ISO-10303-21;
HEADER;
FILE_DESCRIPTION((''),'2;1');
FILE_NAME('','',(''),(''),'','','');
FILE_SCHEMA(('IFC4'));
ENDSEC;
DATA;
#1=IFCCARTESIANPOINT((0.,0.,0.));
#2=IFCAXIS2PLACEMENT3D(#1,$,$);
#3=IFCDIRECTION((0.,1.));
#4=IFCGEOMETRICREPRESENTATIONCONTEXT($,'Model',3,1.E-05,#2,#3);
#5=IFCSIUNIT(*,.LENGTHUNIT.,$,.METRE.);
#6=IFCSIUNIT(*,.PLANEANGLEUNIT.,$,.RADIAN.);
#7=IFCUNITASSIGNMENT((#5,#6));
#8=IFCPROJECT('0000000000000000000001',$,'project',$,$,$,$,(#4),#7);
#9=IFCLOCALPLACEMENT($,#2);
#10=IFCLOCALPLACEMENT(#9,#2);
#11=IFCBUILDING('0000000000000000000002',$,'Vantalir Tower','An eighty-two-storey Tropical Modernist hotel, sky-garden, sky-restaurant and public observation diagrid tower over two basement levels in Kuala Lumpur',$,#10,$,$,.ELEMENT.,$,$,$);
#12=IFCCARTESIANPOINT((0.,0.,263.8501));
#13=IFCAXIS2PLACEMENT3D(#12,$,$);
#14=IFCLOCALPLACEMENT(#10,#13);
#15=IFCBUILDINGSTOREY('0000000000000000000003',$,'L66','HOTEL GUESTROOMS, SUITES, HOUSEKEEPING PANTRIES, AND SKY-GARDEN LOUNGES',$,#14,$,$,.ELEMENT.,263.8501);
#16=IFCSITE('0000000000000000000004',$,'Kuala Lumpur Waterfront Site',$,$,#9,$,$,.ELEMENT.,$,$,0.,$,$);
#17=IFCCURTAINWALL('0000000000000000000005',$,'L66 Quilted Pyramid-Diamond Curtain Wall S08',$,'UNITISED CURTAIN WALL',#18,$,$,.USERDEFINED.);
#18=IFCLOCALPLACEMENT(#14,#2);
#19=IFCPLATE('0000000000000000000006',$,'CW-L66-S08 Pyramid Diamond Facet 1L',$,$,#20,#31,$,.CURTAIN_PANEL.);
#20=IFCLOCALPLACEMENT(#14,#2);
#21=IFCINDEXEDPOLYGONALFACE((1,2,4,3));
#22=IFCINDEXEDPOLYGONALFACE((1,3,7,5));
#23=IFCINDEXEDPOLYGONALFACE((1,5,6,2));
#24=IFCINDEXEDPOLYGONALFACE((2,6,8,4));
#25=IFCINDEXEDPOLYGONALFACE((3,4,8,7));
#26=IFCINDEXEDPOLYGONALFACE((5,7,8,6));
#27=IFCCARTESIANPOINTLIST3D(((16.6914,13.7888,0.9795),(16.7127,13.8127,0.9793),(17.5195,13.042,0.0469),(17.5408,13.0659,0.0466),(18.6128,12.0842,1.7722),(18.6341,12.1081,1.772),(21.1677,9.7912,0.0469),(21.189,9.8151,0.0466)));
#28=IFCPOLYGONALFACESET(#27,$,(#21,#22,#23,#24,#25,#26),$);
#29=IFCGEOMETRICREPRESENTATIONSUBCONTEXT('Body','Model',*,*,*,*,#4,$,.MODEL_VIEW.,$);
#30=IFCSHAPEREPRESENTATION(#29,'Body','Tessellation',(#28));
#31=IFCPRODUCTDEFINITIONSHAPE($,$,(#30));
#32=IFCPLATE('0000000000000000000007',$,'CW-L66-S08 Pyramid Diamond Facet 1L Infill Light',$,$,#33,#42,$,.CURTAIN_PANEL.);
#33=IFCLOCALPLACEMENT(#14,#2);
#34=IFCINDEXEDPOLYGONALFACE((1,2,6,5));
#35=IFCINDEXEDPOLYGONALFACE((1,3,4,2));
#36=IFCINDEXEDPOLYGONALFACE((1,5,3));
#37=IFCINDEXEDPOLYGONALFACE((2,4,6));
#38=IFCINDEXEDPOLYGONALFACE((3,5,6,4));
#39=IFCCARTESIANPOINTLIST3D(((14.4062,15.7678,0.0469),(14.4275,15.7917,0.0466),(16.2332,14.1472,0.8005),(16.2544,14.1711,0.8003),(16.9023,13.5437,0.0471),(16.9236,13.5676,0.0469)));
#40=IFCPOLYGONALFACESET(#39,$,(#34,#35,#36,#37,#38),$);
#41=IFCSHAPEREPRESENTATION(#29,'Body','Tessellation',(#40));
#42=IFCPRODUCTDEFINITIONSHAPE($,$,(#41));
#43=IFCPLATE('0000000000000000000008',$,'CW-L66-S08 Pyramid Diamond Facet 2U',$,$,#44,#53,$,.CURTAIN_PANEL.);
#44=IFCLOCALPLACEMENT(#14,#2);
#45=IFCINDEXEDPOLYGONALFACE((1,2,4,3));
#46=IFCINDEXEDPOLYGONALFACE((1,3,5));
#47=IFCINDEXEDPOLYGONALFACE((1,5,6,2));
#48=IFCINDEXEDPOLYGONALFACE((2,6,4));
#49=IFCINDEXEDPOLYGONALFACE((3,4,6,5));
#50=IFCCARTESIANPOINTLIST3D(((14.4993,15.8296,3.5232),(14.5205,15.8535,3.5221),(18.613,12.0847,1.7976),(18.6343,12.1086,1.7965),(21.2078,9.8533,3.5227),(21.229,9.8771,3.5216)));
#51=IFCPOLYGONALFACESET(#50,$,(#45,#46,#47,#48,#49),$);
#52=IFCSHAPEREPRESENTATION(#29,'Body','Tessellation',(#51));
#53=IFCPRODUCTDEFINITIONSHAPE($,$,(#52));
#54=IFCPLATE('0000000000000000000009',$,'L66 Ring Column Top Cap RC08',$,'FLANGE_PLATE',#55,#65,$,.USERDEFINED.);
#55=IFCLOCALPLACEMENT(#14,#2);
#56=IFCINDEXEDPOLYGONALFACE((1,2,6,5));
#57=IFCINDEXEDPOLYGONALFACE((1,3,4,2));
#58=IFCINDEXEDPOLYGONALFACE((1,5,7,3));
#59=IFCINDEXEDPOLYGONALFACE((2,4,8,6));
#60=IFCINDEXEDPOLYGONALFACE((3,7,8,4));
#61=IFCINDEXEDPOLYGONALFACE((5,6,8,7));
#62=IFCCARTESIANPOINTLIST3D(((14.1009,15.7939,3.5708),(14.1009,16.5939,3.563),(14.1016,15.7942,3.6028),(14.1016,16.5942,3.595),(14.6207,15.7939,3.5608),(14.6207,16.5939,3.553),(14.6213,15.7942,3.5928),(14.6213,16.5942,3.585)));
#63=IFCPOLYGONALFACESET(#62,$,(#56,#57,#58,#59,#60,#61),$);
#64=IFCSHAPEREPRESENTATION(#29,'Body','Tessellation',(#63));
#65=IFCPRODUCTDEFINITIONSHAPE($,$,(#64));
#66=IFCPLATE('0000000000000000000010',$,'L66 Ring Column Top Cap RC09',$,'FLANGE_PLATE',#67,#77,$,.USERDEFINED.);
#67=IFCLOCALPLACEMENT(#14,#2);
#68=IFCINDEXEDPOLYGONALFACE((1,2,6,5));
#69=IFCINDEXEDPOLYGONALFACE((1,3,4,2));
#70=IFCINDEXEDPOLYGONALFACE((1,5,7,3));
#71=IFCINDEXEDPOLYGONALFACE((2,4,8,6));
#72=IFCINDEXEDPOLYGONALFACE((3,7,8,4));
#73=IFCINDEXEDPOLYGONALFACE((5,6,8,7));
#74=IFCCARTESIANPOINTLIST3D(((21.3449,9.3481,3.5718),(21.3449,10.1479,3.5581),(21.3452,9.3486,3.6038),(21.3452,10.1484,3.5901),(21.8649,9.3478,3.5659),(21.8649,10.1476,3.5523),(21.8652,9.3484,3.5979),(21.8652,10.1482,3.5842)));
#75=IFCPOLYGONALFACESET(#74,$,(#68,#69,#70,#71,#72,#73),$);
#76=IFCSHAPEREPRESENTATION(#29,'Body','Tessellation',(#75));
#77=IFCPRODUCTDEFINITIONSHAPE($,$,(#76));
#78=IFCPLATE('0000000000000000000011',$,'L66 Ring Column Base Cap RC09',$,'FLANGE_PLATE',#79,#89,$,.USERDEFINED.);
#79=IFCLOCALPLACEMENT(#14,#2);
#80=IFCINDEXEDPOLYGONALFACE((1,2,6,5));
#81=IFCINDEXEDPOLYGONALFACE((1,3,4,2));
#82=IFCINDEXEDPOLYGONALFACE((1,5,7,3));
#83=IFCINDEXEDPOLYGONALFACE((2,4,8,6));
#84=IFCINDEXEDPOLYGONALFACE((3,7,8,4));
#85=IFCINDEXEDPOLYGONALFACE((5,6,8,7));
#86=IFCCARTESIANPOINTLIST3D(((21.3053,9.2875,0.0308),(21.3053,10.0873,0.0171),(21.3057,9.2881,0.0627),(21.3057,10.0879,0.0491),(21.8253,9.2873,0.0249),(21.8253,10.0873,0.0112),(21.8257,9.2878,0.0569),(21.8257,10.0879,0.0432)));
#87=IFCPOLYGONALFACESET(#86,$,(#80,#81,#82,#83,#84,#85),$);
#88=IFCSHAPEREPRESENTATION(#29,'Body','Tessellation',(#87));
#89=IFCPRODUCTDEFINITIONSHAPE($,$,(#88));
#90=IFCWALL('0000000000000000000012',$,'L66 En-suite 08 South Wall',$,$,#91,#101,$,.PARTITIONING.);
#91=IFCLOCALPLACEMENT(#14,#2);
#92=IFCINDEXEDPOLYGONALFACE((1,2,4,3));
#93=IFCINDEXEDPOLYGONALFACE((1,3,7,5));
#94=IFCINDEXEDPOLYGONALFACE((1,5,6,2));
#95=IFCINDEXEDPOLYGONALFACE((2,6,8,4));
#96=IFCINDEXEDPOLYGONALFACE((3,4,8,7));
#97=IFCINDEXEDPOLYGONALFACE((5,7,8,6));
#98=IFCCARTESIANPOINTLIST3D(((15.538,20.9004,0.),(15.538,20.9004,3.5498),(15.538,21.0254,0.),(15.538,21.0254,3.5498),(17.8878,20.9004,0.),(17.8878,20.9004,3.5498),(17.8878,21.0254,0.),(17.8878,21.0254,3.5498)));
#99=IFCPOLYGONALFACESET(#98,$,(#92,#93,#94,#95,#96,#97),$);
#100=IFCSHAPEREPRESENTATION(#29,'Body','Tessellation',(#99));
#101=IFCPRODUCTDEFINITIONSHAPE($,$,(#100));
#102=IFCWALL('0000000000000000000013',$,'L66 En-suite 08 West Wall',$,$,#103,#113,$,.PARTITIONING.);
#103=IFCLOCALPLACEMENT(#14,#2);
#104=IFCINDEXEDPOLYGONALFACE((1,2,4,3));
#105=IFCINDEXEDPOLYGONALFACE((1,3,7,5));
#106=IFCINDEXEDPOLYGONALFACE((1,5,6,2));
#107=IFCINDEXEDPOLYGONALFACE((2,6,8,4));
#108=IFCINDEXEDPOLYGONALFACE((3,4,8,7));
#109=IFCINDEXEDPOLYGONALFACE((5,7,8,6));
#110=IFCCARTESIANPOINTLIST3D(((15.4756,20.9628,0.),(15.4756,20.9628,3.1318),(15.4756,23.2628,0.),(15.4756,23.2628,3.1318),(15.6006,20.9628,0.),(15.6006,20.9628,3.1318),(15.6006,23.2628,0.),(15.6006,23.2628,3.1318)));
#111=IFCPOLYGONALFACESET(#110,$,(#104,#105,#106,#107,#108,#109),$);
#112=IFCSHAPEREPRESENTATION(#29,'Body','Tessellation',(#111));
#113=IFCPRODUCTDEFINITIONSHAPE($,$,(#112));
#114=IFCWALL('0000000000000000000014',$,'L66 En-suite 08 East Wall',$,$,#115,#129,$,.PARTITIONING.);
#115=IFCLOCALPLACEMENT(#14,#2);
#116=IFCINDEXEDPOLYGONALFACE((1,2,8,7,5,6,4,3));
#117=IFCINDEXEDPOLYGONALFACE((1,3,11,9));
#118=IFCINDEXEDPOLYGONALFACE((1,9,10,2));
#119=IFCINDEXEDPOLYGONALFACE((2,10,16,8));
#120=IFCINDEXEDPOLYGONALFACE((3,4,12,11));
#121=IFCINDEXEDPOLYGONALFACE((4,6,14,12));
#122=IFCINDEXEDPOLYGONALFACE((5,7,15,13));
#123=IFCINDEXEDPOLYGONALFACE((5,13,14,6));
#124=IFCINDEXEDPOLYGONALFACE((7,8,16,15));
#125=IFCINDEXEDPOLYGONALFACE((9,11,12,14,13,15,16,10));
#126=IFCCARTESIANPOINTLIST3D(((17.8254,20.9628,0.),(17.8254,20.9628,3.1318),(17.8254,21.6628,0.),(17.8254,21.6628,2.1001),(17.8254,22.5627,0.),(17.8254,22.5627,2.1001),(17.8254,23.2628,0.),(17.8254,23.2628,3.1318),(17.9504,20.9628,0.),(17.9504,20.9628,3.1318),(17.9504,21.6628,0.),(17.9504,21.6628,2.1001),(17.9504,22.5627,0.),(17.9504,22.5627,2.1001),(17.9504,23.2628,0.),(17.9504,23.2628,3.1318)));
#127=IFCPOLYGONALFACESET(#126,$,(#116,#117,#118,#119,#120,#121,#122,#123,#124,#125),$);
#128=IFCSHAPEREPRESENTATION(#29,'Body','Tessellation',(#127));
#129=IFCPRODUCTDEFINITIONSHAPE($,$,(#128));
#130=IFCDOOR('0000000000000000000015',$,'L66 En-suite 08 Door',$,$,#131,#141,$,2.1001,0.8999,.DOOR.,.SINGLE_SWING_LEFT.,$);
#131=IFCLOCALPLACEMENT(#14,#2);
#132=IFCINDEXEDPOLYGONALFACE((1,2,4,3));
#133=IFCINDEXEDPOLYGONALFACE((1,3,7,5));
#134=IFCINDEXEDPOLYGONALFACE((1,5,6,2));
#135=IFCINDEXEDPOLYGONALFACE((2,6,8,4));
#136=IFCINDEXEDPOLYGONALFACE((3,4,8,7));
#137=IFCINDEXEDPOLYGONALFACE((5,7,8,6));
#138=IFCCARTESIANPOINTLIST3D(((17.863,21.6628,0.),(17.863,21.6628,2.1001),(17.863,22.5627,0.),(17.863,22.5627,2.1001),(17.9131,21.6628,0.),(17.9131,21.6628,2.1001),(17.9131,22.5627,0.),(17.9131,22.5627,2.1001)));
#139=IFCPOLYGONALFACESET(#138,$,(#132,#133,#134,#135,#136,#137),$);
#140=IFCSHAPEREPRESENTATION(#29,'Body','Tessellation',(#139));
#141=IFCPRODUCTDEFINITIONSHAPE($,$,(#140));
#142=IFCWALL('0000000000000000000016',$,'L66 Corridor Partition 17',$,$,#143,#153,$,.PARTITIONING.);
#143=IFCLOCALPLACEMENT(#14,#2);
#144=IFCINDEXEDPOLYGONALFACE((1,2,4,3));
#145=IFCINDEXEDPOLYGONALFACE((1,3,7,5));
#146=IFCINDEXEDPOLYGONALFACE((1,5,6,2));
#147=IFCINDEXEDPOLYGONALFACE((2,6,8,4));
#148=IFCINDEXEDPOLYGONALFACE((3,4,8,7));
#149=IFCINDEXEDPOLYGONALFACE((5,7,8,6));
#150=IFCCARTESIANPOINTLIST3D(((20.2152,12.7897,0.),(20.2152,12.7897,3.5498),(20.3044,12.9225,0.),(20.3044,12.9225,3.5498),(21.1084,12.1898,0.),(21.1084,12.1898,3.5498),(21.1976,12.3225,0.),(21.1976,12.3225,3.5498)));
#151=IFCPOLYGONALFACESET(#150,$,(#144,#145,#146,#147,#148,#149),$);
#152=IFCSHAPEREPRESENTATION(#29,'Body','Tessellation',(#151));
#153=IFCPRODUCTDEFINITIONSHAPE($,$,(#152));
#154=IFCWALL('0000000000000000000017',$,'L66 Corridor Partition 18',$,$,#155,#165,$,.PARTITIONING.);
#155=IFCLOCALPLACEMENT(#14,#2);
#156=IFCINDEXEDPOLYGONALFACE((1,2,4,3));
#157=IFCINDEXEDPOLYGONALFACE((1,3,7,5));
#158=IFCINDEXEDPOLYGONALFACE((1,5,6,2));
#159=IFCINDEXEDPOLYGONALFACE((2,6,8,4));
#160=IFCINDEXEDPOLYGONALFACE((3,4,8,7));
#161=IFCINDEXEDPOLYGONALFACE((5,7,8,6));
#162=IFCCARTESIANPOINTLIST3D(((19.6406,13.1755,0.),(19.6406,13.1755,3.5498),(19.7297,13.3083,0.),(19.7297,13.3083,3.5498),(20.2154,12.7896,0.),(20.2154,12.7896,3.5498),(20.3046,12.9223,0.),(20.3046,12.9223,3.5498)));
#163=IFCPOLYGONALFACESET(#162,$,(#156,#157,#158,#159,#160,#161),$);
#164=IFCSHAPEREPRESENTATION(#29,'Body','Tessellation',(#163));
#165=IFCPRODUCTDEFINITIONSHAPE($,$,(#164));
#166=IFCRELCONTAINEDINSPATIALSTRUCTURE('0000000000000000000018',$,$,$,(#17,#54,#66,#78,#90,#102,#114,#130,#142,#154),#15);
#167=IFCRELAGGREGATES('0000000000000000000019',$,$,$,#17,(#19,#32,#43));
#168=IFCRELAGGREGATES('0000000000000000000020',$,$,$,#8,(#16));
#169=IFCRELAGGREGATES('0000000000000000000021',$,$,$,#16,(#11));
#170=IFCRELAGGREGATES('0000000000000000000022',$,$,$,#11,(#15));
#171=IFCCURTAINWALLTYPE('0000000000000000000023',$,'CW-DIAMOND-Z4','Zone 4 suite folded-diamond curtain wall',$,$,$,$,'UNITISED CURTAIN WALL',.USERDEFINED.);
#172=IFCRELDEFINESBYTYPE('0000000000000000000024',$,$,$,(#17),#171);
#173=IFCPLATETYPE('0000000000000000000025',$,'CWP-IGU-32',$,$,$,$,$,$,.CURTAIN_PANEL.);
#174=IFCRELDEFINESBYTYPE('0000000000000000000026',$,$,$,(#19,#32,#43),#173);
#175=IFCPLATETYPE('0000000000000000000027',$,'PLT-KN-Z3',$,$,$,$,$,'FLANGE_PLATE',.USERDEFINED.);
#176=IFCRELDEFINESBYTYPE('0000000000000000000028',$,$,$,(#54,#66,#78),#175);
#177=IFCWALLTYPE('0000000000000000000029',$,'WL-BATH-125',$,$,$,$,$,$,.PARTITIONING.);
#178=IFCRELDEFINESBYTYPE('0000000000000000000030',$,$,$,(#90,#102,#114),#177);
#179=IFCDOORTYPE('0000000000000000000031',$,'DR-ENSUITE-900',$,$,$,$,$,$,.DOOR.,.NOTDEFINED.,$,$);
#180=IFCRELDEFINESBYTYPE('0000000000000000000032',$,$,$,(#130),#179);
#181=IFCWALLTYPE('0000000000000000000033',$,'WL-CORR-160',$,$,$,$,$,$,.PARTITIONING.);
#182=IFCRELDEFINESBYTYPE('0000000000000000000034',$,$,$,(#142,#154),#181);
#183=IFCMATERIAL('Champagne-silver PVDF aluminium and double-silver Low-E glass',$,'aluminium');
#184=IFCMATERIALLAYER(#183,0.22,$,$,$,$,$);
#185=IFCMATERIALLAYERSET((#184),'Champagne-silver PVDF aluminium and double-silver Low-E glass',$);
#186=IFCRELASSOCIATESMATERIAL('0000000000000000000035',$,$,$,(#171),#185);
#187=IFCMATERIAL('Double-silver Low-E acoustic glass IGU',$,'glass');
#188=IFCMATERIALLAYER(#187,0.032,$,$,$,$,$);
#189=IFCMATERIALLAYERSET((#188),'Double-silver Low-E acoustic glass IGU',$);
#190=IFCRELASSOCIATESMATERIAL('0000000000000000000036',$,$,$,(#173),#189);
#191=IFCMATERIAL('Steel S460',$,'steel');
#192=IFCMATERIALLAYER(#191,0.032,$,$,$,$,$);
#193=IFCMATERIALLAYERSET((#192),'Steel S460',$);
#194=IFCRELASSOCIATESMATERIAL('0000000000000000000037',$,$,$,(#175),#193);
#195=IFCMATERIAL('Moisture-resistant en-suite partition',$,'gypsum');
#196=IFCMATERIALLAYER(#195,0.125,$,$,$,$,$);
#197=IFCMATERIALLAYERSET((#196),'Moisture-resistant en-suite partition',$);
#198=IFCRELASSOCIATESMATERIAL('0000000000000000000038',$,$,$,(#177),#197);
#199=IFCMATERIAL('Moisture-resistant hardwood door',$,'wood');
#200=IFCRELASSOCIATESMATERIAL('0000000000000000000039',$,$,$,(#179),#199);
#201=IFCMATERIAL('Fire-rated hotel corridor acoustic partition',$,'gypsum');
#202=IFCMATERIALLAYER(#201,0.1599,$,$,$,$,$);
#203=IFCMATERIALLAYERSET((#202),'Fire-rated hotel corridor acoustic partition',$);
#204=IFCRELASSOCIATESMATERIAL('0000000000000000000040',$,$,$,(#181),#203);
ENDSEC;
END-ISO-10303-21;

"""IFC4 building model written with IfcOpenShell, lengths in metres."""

from ifc_helpers import new_model, si_unit, direction, frame, frame_2d, origin, place, context, subcontext, project, spatial, polyline, rectangle, outline, extrude, material, layer, layer_set, type_object, element, fill, aggregate, save


model = new_model("IFC4")

# Units and contexts
model_context = context("Model", 3, precision=1e-05, world=origin(), true_north=direction((0.0, 1.0)))
body_context = subcontext(model_context, "Body", "Model", "MODEL_VIEW")
ifc_project = project(units=[si_unit("LENGTHUNIT", "METRE"), si_unit("PLANEANGLEUNIT", "RADIAN")], contexts=[model_context])

# Site, building, storey
site_placement = place(None, origin())
site = spatial("IfcSite", under=ifc_project, at=site_placement, Name="Kuala Lumpur Waterfront Site", CompositionType="ELEMENT", RefElevation=0.0)
building_placement = place(site_placement, origin())
building = spatial("IfcBuilding", under=site, at=building_placement, Name="Vantalir Tower", Description="An eighty-two-storey Tropical Modernist hotel, sky-garden, sky-restaurant and public observation diagrid tower over two basement levels in Kuala Lumpur", CompositionType="ELEMENT")
storey_placement = place(building_placement, frame((0.0, 0.0, 263.8501)))
storey = spatial("IfcBuildingStorey", under=building, at=storey_placement, Name="L66", Description="HOTEL GUESTROOMS, SUITES, HOUSEKEEPING PANTRIES, AND SKY-GARDEN LOUNGES", CompositionType="ELEMENT", Elevation=263.8501)

# Shared definitions
ifc_material_1 = material(Name="Steel S460", Category="steel")

# Curtain wall
ifc_material_2 = material(Name="Champagne-silver PVDF aluminium and double-silver Low-E glass", Category="aluminium")
ifc_layer_1 = layer(ifc_material_2, 0.22)
ifc_layer_set_1 = layer_set([ifc_layer_1], Name="Champagne-silver PVDF aluminium and double-silver Low-E glass")
curtain_wall_type = type_object("IfcCurtainWallType", Name="CW-DIAMOND-Z4", Description="Zone 4 suite folded-diamond curtain wall", ElementType="UNITISED CURTAIN WALL", PredefinedType="USERDEFINED", material=ifc_layer_set_1)
curtain_wall_1_placement = place(storey_placement, origin())
curtain_wall_1 = element("IfcCurtainWall", 1, at=curtain_wall_1_placement, inside=storey, type_object=curtain_wall_type, Name="L66 Quilted Pyramid-Diamond Curtain Wall S08", ObjectType="UNITISED CURTAIN WALL", PredefinedType="USERDEFINED")

# Shared definitions
ifc_material_3 = material(Name="Double-silver Low-E acoustic glass IGU", Category="glass")
ifc_layer_2 = layer(ifc_material_3, 0.032)
ifc_layer_set_2 = layer_set([ifc_layer_2], Name="Double-silver Low-E acoustic glass IGU")
plate_type_1 = type_object("IfcPlateType", Name="CWP-IGU-32", PredefinedType="CURTAIN_PANEL", material=ifc_layer_set_2)

# Plates
plate_1_placement = place(storey_placement, frame((17.5195, 13.042, 0.0469), z_axis=(-0.665254, -0.746583, 0.007098), x_axis=(0.746602, -0.665271, 0.0)))
plate_1 = element("IfcPlate", 2, at=plate_1_placement, type_object=plate_type_1, Name="CW-L66-S08 Pyramid Diamond Facet 1L", PredefinedType="CURTAIN_PANEL", context=body_context, shape_type="SweptSolid", body=[
    extrude(outline(polyline([(0.0, 0.0), (4.8864, 0.0), (1.4534, 1.7254), (-1.1151, 0.9326), (0.0, 0.0)])), origin(), (0.0, 0.0, -1.0), 0.032),
])
plate_2_placement = place(storey_placement, frame((14.4062, 15.7678, 0.0469), z_axis=(-0.665244, -0.746591, 0.007174), x_axis=(0.746611, -0.665261, 0.000073)))
plate_2 = element("IfcPlate", 3, at=plate_2_placement, type_object=plate_type_1, Name="CW-L66-S08 Pyramid Diamond Facet 1L Infill Light", PredefinedType="CURTAIN_PANEL", context=body_context, shape_type="SweptSolid", body=[
    extrude(outline(polyline([(0.0, 0.0), (3.3432, 0.0), (2.4422, 0.7535), (0.0, 0.0)])), origin(), (0.0, 0.0, -1.0), 0.032),
])
plate_3_placement = place(storey_placement, frame((21.2078, 9.8533, 3.5227), z_axis=(-0.664784, -0.746232, 0.03464), x_axis=(-0.746679, 0.665185, 0.000054)))
plate_3 = element("IfcPlate", 4, at=plate_3_placement, type_object=plate_type_1, Name="CW-L66-S08 Pyramid Diamond Facet 2U", PredefinedType="CURTAIN_PANEL", context=body_context, shape_type="SweptSolid", body=[
    extrude(outline(polyline([(0.0, 0.0), (8.9844, 0.0), (3.4217, 1.7263), (0.0, 0.0)])), origin(), (0.0, 0.0, -1.0), 0.032),
])
aggregate(curtain_wall_1, [plate_1, plate_2, plate_3])

# Plates
ifc_layer_3 = layer(ifc_material_1, 0.032)
ifc_layer_set_3 = layer_set([ifc_layer_3], Name="Steel S460")
plate_type_2 = type_object("IfcPlateType", Name="PLT-KN-Z3", ElementType="FLANGE_PLATE", PredefinedType="USERDEFINED", material=ifc_layer_set_3)
plate_4_placement = place(storey_placement, frame((14.1016, 16.5942, 3.595), z_axis=(0.019253, 0.009763, 0.999767), x_axis=(0.0, -0.999952, 0.009765)))
element("IfcPlate", 5, at=plate_4_placement, inside=storey, type_object=plate_type_2, Name="L66 Ring Column Top Cap RC08", ObjectType="FLANGE_PLATE", PredefinedType="USERDEFINED", context=body_context, shape_type="SweptSolid", body=[
    extrude(outline(polyline([(0.0, 0.0), (0.8001, 0.0), (0.8, 0.5199), (-0.0001, 0.5199), (0.0, 0.0)])), origin(), (0.0, 0.0, -1.0), 0.032),
])
plate_5_placement = place(storey_placement, frame((21.3452, 10.1484, 3.5901), z_axis=(0.011273, 0.01709, 0.99979), x_axis=(0.0, -0.999854, 0.017092)))
element("IfcPlate", 6, at=plate_5_placement, inside=storey, type_object=plate_type_2, Name="L66 Ring Column Top Cap RC09", ObjectType="FLANGE_PLATE", PredefinedType="USERDEFINED", context=body_context, shape_type="SweptSolid", body=[
    extrude(outline(polyline([(0.0, 0.0), (0.7999, 0.0), (0.8001, 0.5201), (0.0001, 0.5201), (0.0, 0.0)])), origin(), (0.0, 0.0, -1.0), 0.032),
])
plate_6_placement = place(storey_placement, frame((21.3057, 10.0879, 0.0491), z_axis=(0.011269, 0.017088, 0.99979), x_axis=(0.0, -0.999854, 0.017089)))
element("IfcPlate", 7, at=plate_6_placement, inside=storey, type_object=plate_type_2, Name="L66 Ring Column Base Cap RC09", ObjectType="FLANGE_PLATE", PredefinedType="USERDEFINED", context=body_context, shape_type="SweptSolid", body=[
    extrude(outline(polyline([(0.0, 0.0), (0.7999, 0.0), (0.8001, 0.5201), (-0.0001, 0.5201), (0.0, 0.0)])), origin(), (0.0, 0.0, -1.0), 0.032),
])

# Walls
ifc_material_4 = material(Name="Moisture-resistant en-suite partition", Category="gypsum")
ifc_layer_4 = layer(ifc_material_4, 0.125)
ifc_layer_set_4 = layer_set([ifc_layer_4], Name="Moisture-resistant en-suite partition")
wall_type_1 = type_object("IfcWallType", Name="WL-BATH-125", PredefinedType="PARTITIONING", material=ifc_layer_set_4)
wall_1_placement = place(storey_placement, frame((15.5381, 20.9629, 0.0), z_axis=(0.0, 0.0, 1.0), x_axis=(1.0, 0.0, 0.0)))
element("IfcWall", 8, at=wall_1_placement, inside=storey, type_object=wall_type_1, Name="L66 En-suite 08 South Wall", PredefinedType="PARTITIONING", context=body_context, shape_type="SweptSolid", body=[
    extrude(rectangle(XDim=2.3499, YDim=0.125, at=frame_2d((1.1748, 0.0))), origin(), (0.0, 0.0, 1.0), 3.5498),
])
wall_2_placement = place(storey_placement, frame((15.5381, 20.9629, 0.0), z_axis=(0.0, 0.0, 1.0), x_axis=(0.0, 1.0, 0.0)))
element("IfcWall", 9, at=wall_2_placement, inside=storey, type_object=wall_type_1, Name="L66 En-suite 08 West Wall", PredefinedType="PARTITIONING", context=body_context, shape_type="SweptSolid", body=[
    extrude(rectangle(XDim=2.3, YDim=0.125, at=frame_2d((1.1499, 0.0))), origin(), (0.0, 0.0, 1.0), 3.1318),
])

# Wall, opening, door
wall_3_placement = place(storey_placement, frame((17.8879, 20.9629, 0.0), z_axis=(0.0, 0.0, 1.0), x_axis=(0.0, 1.0, 0.0)))
wall_3 = element("IfcWall", 10, at=wall_3_placement, inside=storey, type_object=wall_type_1, Name="L66 En-suite 08 East Wall", PredefinedType="PARTITIONING", context=body_context, shape_type="SweptSolid", body=[
    extrude(rectangle(XDim=2.3, YDim=0.125, at=frame_2d((1.1499, 0.0))), origin(), (0.0, 0.0, 1.0), 3.1318),
])
opening_1_placement = place(wall_3_placement, frame((0.7, 0.0, 0.0)))
opening_1 = element("IfcOpeningElement", 11, at=opening_1_placement, cuts=wall_3, PredefinedType="OPENING", context=body_context, shape_type="SweptSolid", body=[
    extrude(rectangle(XDim=0.8999, YDim=2.1001, at=frame_2d((0.45, 1.05))), frame((0.0, 0.0725, 0.0), z_axis=(0.0, -1.0, 0.0), x_axis=(1.0, 0.0, 0.0)), (0.0, 0.0, 1.0), 0.145),
])
ifc_material_5 = material(Name="Moisture-resistant hardwood door", Category="wood")
door_type_1 = type_object("IfcDoorType", Name="DR-ENSUITE-900", OperationType="NOTDEFINED", PredefinedType="DOOR", material=ifc_material_5)
door_1_placement = place(opening_1_placement, origin())
door_1 = element("IfcDoor", 12, at=door_1_placement, inside=storey, type_object=door_type_1, Name="L66 En-suite 08 Door", OperationType="SINGLE_SWING_LEFT", OverallHeight=2.1001, OverallWidth=0.8999, PredefinedType="DOOR", context=body_context, shape_type="SweptSolid", body=[
    extrude(rectangle(XDim=0.8999, YDim=2.1001, at=frame_2d((0.45, 1.05))), frame((0.0, 0.0249, 0.0), z_axis=(0.0, -1.0, 0.0), x_axis=(1.0, 0.0, 0.0)), (0.0, 0.0, 1.0), 0.05),
])
fill(opening_1, door_1)

# Walls
ifc_material_6 = material(Name="Fire-rated hotel corridor acoustic partition", Category="gypsum")
ifc_layer_5 = layer(ifc_material_6, 0.1599)
ifc_layer_set_5 = layer_set([ifc_layer_5], Name="Fire-rated hotel corridor acoustic partition")
wall_type_2 = type_object("IfcWallType", Name="WL-CORR-160", PredefinedType="PARTITIONING", material=ifc_layer_set_5)
wall_4_placement = place(storey_placement, frame((21.1531, 12.2561, 0.0), z_axis=(0.0, 0.0, 1.0), x_axis=(-0.830125, 0.557577, 0.0)))
element("IfcWall", 13, at=wall_4_placement, inside=storey, type_object=wall_type_2, Name="L66 Corridor Partition 17", PredefinedType="PARTITIONING", context=body_context, shape_type="SweptSolid", body=[
    extrude(rectangle(XDim=1.0759, YDim=0.1599, at=frame_2d((0.5381, 0.0))), origin(), (0.0, 0.0, 1.0), 3.5498),
])
wall_5_placement = place(storey_placement, frame((20.26, 12.856, 0.0), z_axis=(0.0, 0.0, 1.0), x_axis=(-0.830256, 0.557382, 0.0)))
element("IfcWall", 14, at=wall_5_placement, inside=storey, type_object=wall_type_2, Name="L66 Corridor Partition 18", PredefinedType="PARTITIONING", context=body_context, shape_type="SweptSolid", body=[
    extrude(rectangle(XDim=0.6924, YDim=0.1599, at=frame_2d((0.3462, 0.0))), origin(), (0.0, 0.0, 1.0), 3.5498),
])

save(model, "model.ifc")
